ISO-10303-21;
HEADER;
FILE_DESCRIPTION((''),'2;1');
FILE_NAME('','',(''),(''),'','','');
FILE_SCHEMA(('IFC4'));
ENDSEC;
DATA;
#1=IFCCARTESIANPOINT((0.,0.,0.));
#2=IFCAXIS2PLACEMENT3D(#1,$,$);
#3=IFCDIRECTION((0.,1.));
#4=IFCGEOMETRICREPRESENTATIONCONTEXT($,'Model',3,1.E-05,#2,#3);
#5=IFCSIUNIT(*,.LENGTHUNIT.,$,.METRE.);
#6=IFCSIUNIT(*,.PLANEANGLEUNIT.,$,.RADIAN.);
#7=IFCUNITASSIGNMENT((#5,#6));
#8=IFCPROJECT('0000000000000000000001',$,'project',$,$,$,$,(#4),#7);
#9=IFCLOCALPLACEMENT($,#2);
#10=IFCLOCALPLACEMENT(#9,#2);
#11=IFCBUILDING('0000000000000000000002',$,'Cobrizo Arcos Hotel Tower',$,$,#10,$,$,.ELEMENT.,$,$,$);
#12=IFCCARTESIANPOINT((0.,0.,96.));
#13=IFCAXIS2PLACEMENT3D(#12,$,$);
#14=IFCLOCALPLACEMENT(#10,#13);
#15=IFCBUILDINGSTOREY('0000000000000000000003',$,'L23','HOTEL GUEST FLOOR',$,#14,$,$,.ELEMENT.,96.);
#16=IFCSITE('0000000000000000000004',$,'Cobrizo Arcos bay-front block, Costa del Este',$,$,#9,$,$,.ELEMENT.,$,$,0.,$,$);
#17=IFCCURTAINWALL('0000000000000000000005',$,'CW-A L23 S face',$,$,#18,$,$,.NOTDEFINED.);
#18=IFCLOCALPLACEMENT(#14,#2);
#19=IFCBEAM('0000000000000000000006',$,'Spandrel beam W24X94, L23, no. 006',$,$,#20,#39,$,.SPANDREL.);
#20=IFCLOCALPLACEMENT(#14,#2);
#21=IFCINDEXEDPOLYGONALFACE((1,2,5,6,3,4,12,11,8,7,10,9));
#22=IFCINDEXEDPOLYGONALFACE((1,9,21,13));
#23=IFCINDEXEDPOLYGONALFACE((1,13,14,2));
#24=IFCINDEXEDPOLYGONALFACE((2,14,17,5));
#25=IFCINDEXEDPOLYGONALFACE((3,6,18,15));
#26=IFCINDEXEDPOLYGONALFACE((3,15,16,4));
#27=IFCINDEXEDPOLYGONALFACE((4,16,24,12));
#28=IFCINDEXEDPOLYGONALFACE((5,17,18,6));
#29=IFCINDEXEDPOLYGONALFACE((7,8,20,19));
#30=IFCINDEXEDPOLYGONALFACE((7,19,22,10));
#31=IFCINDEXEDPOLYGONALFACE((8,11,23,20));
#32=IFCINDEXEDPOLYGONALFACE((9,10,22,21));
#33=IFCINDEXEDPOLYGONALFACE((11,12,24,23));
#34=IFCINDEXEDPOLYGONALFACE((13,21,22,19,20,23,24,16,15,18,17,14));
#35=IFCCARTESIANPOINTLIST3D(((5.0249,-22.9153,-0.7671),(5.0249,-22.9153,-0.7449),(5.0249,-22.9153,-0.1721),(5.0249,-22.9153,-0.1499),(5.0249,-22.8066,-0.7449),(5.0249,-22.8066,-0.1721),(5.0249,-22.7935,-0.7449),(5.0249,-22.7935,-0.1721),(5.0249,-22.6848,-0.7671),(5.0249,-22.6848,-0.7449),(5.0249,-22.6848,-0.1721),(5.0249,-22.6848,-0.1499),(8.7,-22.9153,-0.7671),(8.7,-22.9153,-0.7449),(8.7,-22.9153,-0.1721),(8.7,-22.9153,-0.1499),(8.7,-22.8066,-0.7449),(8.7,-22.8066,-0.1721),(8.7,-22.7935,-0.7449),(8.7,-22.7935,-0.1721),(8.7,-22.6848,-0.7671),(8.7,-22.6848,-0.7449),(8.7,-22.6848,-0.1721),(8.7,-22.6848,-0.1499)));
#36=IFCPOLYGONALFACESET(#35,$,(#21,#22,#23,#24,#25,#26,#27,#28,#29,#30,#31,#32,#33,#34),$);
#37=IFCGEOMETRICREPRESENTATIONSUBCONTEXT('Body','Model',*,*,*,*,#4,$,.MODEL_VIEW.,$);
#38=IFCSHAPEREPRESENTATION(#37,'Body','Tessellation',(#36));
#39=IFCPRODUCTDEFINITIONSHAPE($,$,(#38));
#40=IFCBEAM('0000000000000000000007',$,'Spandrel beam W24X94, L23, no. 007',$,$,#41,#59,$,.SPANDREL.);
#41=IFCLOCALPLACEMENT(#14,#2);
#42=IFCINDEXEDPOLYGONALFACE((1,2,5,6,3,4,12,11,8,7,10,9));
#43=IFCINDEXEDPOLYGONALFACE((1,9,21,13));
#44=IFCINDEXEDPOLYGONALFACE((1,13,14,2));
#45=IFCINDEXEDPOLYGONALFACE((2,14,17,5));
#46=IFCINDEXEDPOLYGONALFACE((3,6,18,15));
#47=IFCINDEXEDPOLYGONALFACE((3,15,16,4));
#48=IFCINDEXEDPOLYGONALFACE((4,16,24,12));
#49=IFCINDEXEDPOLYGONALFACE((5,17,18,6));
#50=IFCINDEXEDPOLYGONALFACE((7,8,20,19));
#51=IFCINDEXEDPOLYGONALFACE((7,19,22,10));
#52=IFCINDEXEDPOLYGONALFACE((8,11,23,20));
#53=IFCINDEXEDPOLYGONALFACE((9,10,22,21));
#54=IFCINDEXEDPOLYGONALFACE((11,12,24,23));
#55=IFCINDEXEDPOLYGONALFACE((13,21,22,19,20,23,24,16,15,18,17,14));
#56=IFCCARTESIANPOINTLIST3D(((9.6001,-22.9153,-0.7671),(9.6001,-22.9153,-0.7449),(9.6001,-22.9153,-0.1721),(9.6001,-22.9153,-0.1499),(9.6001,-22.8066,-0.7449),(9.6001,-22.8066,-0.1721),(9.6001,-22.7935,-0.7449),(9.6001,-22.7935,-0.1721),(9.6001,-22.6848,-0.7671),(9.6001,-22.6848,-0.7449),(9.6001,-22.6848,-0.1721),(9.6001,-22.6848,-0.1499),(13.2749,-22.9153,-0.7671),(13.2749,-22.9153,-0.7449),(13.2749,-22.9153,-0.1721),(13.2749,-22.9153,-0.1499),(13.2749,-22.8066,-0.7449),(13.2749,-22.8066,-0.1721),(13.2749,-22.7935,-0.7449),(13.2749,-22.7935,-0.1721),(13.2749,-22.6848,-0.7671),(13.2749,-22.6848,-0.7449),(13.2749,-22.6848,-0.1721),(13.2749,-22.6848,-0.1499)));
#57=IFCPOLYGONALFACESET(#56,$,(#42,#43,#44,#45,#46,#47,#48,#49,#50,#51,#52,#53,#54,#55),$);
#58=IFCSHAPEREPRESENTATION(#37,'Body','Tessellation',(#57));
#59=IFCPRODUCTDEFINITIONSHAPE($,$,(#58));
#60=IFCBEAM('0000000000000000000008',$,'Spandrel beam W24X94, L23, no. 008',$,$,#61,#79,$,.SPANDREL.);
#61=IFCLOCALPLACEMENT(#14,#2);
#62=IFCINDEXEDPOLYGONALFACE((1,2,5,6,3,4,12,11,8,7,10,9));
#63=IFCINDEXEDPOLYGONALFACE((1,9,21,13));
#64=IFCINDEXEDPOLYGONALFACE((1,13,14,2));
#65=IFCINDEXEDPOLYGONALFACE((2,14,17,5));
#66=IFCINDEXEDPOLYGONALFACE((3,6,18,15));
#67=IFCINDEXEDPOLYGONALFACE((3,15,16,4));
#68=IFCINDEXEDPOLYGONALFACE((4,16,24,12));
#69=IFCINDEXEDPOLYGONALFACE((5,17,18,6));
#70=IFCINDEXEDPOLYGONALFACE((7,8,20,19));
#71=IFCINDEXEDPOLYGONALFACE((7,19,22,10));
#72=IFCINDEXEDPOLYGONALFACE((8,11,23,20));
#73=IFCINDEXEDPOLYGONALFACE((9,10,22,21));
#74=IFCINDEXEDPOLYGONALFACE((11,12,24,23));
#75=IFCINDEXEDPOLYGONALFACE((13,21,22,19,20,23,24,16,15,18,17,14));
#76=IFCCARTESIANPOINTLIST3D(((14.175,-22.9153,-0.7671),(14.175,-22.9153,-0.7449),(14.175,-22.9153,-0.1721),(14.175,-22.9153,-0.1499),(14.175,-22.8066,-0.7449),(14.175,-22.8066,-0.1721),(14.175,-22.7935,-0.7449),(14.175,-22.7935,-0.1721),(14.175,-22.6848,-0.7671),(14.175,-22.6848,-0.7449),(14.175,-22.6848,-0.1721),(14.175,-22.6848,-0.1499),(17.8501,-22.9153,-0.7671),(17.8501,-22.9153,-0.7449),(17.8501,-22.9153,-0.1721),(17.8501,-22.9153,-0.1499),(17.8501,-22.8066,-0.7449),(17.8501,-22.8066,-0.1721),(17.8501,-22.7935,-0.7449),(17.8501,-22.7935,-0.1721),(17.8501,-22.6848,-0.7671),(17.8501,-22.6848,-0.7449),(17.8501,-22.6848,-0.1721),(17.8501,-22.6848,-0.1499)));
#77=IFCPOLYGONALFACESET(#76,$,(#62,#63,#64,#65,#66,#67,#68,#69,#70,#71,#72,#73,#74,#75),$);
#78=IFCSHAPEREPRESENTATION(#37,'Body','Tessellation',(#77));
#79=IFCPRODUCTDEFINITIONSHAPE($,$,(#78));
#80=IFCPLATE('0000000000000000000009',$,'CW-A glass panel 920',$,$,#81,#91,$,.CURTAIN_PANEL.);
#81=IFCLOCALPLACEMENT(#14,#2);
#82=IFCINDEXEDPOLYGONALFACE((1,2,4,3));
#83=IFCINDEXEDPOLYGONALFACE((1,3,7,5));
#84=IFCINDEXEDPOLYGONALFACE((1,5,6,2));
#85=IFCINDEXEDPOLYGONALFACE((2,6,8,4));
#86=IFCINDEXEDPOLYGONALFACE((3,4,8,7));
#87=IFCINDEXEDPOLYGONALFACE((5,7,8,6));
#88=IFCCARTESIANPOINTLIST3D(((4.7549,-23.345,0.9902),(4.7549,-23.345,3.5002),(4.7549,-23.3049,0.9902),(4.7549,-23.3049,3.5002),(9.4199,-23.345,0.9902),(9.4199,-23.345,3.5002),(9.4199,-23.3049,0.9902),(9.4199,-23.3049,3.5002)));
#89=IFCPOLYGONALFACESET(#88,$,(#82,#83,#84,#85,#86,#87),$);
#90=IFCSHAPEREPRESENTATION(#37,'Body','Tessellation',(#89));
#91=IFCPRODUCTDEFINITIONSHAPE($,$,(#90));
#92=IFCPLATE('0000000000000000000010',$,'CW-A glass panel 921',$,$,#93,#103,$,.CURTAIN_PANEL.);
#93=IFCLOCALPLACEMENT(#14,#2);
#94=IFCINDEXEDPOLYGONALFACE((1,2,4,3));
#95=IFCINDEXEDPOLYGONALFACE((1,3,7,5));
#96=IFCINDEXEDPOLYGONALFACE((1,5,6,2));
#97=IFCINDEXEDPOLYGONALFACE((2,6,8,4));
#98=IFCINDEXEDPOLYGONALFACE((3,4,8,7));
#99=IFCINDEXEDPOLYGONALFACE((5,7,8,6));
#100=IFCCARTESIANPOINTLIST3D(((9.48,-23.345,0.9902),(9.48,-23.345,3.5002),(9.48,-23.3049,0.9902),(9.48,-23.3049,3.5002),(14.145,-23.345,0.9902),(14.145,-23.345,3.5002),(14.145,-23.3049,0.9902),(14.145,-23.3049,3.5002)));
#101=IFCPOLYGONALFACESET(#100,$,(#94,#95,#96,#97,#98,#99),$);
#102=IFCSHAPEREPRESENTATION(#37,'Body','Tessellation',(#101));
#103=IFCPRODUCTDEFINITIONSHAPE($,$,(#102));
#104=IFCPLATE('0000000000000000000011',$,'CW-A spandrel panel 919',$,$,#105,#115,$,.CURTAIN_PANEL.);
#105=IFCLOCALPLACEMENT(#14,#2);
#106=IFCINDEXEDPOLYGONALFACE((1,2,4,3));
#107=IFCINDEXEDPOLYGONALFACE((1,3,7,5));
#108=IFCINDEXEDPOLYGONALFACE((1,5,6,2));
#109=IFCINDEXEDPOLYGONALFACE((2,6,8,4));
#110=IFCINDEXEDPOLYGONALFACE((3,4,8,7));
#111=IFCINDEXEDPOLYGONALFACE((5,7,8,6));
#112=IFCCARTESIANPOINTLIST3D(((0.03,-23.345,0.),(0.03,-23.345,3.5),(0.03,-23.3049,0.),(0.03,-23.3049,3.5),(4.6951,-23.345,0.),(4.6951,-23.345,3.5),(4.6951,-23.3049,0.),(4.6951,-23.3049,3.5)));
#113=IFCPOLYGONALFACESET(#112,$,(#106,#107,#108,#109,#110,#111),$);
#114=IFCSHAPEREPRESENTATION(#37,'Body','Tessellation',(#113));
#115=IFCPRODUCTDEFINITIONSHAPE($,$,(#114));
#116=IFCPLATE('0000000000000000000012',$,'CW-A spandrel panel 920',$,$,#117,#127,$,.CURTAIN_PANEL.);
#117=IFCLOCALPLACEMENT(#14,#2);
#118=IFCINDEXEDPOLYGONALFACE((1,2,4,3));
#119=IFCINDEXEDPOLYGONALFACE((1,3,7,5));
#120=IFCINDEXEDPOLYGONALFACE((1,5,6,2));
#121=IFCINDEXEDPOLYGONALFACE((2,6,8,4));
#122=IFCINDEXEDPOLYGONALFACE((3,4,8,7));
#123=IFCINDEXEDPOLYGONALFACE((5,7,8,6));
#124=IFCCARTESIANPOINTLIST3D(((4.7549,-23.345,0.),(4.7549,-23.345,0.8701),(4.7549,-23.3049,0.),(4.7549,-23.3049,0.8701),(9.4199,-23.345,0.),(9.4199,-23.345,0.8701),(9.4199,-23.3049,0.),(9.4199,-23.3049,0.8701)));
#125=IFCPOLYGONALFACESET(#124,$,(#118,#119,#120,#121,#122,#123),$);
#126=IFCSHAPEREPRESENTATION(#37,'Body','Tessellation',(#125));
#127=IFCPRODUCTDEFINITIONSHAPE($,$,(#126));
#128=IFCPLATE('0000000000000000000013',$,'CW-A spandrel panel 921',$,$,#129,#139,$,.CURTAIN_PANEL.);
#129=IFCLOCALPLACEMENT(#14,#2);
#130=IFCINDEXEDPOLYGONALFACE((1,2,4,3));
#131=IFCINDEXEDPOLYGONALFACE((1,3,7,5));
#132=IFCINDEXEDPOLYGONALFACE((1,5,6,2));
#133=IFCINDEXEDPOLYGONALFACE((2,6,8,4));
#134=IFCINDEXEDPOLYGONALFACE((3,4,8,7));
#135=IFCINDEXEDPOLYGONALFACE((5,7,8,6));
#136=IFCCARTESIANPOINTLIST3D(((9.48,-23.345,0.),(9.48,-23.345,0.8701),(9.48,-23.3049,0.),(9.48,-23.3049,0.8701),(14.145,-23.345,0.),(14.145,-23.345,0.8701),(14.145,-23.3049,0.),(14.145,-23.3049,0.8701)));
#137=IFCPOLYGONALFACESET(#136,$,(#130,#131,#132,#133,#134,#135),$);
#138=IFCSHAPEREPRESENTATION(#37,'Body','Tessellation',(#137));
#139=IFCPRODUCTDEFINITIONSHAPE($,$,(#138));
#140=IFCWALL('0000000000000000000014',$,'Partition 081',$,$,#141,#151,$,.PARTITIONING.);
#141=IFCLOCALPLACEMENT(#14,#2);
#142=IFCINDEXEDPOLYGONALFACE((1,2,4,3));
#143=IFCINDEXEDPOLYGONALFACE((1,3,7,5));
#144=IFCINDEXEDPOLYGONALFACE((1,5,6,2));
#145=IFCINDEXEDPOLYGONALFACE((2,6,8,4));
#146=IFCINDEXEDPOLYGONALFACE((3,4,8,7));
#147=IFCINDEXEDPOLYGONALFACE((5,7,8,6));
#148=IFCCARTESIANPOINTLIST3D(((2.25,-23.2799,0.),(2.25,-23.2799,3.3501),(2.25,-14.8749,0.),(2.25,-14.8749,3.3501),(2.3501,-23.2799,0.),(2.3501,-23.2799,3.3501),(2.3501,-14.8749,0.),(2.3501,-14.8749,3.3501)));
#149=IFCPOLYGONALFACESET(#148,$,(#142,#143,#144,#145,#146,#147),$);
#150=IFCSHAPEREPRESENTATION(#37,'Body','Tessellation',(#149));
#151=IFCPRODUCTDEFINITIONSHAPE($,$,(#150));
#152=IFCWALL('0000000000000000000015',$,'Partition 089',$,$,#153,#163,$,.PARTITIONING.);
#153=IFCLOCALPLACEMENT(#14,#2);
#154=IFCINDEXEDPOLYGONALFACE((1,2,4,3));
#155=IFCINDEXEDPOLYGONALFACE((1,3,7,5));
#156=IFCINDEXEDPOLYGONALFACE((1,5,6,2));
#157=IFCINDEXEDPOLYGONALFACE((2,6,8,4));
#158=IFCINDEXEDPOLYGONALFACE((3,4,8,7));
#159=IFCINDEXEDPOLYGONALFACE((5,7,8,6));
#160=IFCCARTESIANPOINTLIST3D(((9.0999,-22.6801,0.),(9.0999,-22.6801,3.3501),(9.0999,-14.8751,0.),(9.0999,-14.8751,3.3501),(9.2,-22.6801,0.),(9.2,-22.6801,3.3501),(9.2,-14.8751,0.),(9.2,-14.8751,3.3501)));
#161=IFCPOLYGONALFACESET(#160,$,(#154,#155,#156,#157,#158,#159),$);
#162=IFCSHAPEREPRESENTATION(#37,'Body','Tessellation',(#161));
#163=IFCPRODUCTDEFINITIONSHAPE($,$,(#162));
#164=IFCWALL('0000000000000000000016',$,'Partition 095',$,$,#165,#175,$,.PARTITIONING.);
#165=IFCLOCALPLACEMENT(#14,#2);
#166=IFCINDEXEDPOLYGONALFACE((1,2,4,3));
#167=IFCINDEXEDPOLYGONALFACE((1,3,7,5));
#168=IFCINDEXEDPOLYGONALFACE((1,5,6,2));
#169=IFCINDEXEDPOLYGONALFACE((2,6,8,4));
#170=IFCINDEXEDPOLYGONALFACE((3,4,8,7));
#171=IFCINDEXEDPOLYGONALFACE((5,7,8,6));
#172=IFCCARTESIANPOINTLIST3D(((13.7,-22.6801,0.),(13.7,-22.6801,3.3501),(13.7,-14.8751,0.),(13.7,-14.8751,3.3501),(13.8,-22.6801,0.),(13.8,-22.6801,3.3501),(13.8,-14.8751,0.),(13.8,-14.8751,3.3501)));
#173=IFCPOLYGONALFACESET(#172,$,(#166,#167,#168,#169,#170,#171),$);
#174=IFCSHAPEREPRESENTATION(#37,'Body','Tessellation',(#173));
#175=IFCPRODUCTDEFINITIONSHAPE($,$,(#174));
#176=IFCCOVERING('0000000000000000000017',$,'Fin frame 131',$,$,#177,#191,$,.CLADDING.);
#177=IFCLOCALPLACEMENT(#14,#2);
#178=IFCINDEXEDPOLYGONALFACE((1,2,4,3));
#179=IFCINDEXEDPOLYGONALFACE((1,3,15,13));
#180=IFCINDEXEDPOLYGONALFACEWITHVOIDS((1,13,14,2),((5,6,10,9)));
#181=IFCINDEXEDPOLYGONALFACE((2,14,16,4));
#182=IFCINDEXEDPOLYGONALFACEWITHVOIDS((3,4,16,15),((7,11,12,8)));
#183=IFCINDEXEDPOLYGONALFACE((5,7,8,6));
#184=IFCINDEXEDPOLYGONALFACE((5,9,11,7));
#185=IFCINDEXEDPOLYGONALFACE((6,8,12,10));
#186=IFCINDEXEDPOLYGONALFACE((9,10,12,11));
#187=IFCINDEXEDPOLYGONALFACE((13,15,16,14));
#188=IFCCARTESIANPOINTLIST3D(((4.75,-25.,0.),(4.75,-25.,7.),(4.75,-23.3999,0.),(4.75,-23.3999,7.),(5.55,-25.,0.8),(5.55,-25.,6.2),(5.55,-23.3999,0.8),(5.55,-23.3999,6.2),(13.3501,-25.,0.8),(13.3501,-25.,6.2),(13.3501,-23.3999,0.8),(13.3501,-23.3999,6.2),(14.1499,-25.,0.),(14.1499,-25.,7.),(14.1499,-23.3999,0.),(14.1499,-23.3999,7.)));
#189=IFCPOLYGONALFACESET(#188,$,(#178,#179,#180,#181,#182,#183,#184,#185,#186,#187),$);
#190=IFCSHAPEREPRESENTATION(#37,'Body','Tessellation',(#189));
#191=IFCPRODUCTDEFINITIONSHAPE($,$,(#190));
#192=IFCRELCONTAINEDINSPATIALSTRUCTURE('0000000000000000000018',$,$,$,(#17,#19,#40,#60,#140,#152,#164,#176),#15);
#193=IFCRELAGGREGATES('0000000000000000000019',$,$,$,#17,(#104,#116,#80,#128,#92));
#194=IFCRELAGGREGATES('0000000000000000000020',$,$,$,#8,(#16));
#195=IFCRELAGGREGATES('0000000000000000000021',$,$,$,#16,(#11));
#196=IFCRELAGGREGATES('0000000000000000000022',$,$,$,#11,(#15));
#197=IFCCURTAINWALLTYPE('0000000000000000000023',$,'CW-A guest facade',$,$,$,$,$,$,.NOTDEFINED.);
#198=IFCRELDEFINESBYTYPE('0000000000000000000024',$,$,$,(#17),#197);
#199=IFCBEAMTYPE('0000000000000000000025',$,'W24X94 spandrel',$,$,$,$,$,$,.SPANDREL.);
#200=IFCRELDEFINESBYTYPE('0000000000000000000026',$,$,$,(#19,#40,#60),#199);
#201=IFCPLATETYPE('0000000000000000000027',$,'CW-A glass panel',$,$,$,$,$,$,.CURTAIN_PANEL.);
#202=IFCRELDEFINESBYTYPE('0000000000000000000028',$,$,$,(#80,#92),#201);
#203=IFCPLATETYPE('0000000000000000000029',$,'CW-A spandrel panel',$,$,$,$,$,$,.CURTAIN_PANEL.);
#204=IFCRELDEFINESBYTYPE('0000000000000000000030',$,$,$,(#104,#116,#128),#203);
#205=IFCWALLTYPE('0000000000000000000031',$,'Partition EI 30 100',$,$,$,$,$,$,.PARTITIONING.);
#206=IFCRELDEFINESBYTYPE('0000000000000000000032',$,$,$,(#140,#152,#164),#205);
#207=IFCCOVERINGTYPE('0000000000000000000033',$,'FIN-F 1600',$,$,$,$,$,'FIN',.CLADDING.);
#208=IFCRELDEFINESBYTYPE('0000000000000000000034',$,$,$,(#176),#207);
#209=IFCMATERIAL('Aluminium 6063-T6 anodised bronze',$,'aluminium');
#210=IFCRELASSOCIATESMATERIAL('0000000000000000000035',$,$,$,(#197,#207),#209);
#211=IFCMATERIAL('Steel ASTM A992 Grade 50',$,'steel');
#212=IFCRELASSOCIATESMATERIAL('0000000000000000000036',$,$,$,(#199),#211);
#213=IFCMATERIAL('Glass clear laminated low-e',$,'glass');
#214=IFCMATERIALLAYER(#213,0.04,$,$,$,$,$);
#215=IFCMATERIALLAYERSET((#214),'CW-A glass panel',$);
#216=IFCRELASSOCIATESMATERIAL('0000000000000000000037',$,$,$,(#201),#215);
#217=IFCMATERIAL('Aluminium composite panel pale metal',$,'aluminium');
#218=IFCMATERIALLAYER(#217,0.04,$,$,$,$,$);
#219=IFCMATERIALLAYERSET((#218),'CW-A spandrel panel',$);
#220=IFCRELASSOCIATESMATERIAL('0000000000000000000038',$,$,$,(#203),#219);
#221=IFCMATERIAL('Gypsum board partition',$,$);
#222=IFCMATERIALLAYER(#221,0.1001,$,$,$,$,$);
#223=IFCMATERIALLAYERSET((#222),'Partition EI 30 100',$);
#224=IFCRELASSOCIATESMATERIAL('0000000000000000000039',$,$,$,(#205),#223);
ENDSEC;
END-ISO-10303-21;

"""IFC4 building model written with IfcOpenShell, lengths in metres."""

from ifc_helpers import new_model, si_unit, direction, frame, frame_2d, origin, origin_2d, place, context, subcontext, project, spatial, polyline, rectangle, i_section, outline, extrude, material, layer, layer_set, material_profile, profile_set, type_object, element, aggregate, save


model = new_model("IFC4")

# Units and contexts
model_context = context("Model", 3, precision=1e-05, world=origin(), true_north=direction((0.0, 1.0)))
body_context = subcontext(model_context, "Body", "Model", "MODEL_VIEW")
ifc_project = project(units=[si_unit("LENGTHUNIT", "METRE"), si_unit("PLANEANGLEUNIT", "RADIAN")], contexts=[model_context])

# Site, building, storey
site_placement = place(None, origin())
site = spatial("IfcSite", under=ifc_project, at=site_placement, Name="Cobrizo Arcos bay-front block, Costa del Este", CompositionType="ELEMENT", RefElevation=0.0)
building_placement = place(site_placement, origin())
building = spatial("IfcBuilding", under=site, at=building_placement, Name="Cobrizo Arcos Hotel Tower", CompositionType="ELEMENT")
storey_placement = place(building_placement, frame((0.0, 0.0, 96.0)))
storey = spatial("IfcBuildingStorey", under=building, at=storey_placement, Name="L23", Description="HOTEL GUEST FLOOR", CompositionType="ELEMENT", Elevation=96.0)

# Curtain wall
ifc_material_1 = material(Name="Aluminium 6063-T6 anodised bronze", Category="aluminium")
curtain_wall_type = type_object("IfcCurtainWallType", Name="CW-A guest facade", PredefinedType="NOTDEFINED", material=ifc_material_1)
curtain_wall_placement = place(storey_placement, origin())
curtain_wall = element("IfcCurtainWall", 1, at=curtain_wall_placement, inside=storey, type_object=curtain_wall_type, Name="CW-A L23 S face", PredefinedType="NOTDEFINED")

# Beams
ifc_material_2 = material(Name="Steel ASTM A992 Grade 50", Category="steel")
ifc_material_profile_1 = material_profile(ifc_material_2, i_section(OverallWidth=0.2305, OverallDepth=0.6172, WebThickness=0.0132, FlangeThickness=0.0222, at=origin_2d()), Name="W24X94")
ifc_profile_set_1 = profile_set([ifc_material_profile_1], Name="Steel ASTM A992 Grade 50")
beam_type_1 = type_object("IfcBeamType", Name="W24X94 spandrel", PredefinedType="SPANDREL", material=ifc_profile_set_1)
for number, where, z_axis, x_axis, name in (
    (2, (5.0249, -22.8, -0.4585), (1.0, 0.0, 0.0), (0.0, 1.0, 0.0), "Spandrel beam W24X94, L23, no. 006"),
):
    element("IfcBeam", number, at=place(storey_placement, frame(where, z_axis=z_axis, x_axis=x_axis)), inside=storey, type_object=beam_type_1, Name=name, PredefinedType="SPANDREL", context=body_context, shape_type="SweptSolid", body=[
        extrude(i_section(OverallWidth=0.2305, OverallDepth=0.6172, WebThickness=0.0132, FlangeThickness=0.0222, at=origin_2d()), origin(), (0.0, 0.0, 1.0), 3.675),
    ])
beam_1_placement = place(storey_placement, frame((9.6001, -22.8, -0.4585), z_axis=(1.0, 0.0, 0.0), x_axis=(0.0, 1.0, 0.0)))
element("IfcBeam", 3, at=beam_1_placement, inside=storey, type_object=beam_type_1, Name="Spandrel beam W24X94, L23, no. 007", PredefinedType="SPANDREL", context=body_context, shape_type="SweptSolid", body=[
    extrude(i_section(OverallWidth=0.2305, OverallDepth=0.6172, WebThickness=0.0132, FlangeThickness=0.0222, at=origin_2d()), origin(), (0.0, 0.0, 1.0), 3.6748),
])
beam_2_placement = place(storey_placement, frame((14.175, -22.8, -0.4585), z_axis=(1.0, 0.0, 0.0), x_axis=(0.0, 1.0, 0.0)))
element("IfcBeam", 4, at=beam_2_placement, inside=storey, type_object=beam_type_1, Name="Spandrel beam W24X94, L23, no. 008", PredefinedType="SPANDREL", context=body_context, shape_type="SweptSolid", body=[
    extrude(i_section(OverallWidth=0.2305, OverallDepth=0.6172, WebThickness=0.0132, FlangeThickness=0.0222, at=origin_2d()), origin(), (0.0, 0.0, 1.0), 3.675),
])

# Plates
ifc_material_3 = material(Name="Glass clear laminated low-e", Category="glass")
ifc_layer_1 = layer(ifc_material_3, 0.04)
ifc_layer_set_1 = layer_set([ifc_layer_1], Name="CW-A glass panel")
plate_type_1 = type_object("IfcPlateType", Name="CW-A glass panel", PredefinedType="CURTAIN_PANEL", material=ifc_layer_set_1)
plate_1_placement = place(storey_placement, frame((7.0874, -23.325, 0.9902), z_axis=(0.0, 0.0, 1.0), x_axis=(1.0, 0.0, 0.0)))
plate_1 = element("IfcPlate", 5, at=plate_1_placement, type_object=plate_type_1, Name="CW-A glass panel 920", PredefinedType="CURTAIN_PANEL", context=body_context, shape_type="SweptSolid", body=[
    extrude(rectangle(XDim=4.665, YDim=0.04, at=origin_2d()), origin(), (0.0, 0.0, 1.0), 2.51),
])
plate_2_placement = place(storey_placement, frame((11.8125, -23.325, 0.9902), z_axis=(0.0, 0.0, 1.0), x_axis=(1.0, 0.0, 0.0)))
plate_2 = element("IfcPlate", 6, at=plate_2_placement, type_object=plate_type_1, Name="CW-A glass panel 921", PredefinedType="CURTAIN_PANEL", context=body_context, shape_type="SweptSolid", body=[
    extrude(rectangle(XDim=4.665, YDim=0.04, at=origin_2d()), origin(), (0.0, 0.0, 1.0), 2.51),
])
ifc_material_4 = material(Name="Aluminium composite panel pale metal", Category="aluminium")
ifc_layer_2 = layer(ifc_material_4, 0.04)
ifc_layer_set_2 = layer_set([ifc_layer_2], Name="CW-A spandrel panel")
plate_type_2 = type_object("IfcPlateType", Name="CW-A spandrel panel", PredefinedType="CURTAIN_PANEL", material=ifc_layer_set_2)
plate_3_placement = place(storey_placement, frame((2.3625, -23.325, 0.0), z_axis=(0.0, 0.0, 1.0), x_axis=(1.0, 0.0, 0.0)))
plate_3 = element("IfcPlate", 7, at=plate_3_placement, type_object=plate_type_2, Name="CW-A spandrel panel 919", PredefinedType="CURTAIN_PANEL", context=body_context, shape_type="SweptSolid", body=[
    extrude(rectangle(XDim=4.665, YDim=0.04, at=origin_2d()), origin(), (0.0, 0.0, 1.0), 3.5),
])
plate_4_placement = place(storey_placement, frame((7.0874, -23.325, 0.0), z_axis=(0.0, 0.0, 1.0), x_axis=(1.0, 0.0, 0.0)))
plate_4 = element("IfcPlate", 8, at=plate_4_placement, type_object=plate_type_2, Name="CW-A spandrel panel 920", PredefinedType="CURTAIN_PANEL", context=body_context, shape_type="SweptSolid", body=[
    extrude(rectangle(XDim=4.665, YDim=0.04, at=origin_2d()), origin(), (0.0, 0.0, 1.0), 0.8701),
])
plate_5_placement = place(storey_placement, frame((11.8125, -23.325, 0.0), z_axis=(0.0, 0.0, 1.0), x_axis=(1.0, 0.0, 0.0)))
plate_5 = element("IfcPlate", 9, at=plate_5_placement, type_object=plate_type_2, Name="CW-A spandrel panel 921", PredefinedType="CURTAIN_PANEL", context=body_context, shape_type="SweptSolid", body=[
    extrude(rectangle(XDim=4.665, YDim=0.04, at=origin_2d()), origin(), (0.0, 0.0, 1.0), 0.8701),
])
aggregate(curtain_wall, [plate_3, plate_4, plate_1, plate_5, plate_2])

# Walls
ifc_material_5 = material(Name="Gypsum board partition")
ifc_layer_3 = layer(ifc_material_5, 0.1001)
ifc_layer_set_3 = layer_set([ifc_layer_3], Name="Partition EI 30 100")
wall_type = type_object("IfcWallType", Name="Partition EI 30 100", PredefinedType="PARTITIONING", material=ifc_layer_set_3)
wall_placement = place(storey_placement, frame((2.3, -23.28, 0.0), z_axis=(0.0, 0.0, 1.0), x_axis=(0.0, 1.0, 0.0)))
element("IfcWall", 10, at=wall_placement, inside=storey, type_object=wall_type, Name="Partition 081", PredefinedType="PARTITIONING", context=body_context, shape_type="SweptSolid", body=[
    extrude(rectangle(XDim=8.405, YDim=0.1001, at=frame_2d((4.2026, 0.0))), origin(), (0.0, 0.0, 1.0), 3.3501),
])
for number, where, z_axis, x_axis, name in (
    (11, (9.1499, -22.6799, 0.0), (0.0, 0.0, 1.0), (0.0, 1.0, 0.0), "Partition 089"),
    (12, (13.75, -22.6799, 0.0), (0.0, 0.0, 1.0), (0.0, 1.0, 0.0), "Partition 095"),
):
    element("IfcWall", number, at=place(storey_placement, frame(where, z_axis=z_axis, x_axis=x_axis)), inside=storey, type_object=wall_type, Name=name, PredefinedType="PARTITIONING", context=body_context, shape_type="SweptSolid", body=[
        extrude(rectangle(XDim=7.8049, YDim=0.1001, at=frame_2d((3.9023, 0.0))), origin(), (0.0, 0.0, 1.0), 3.3501),
    ])

# Covering
covering_type_1 = type_object("IfcCoveringType", Name="FIN-F 1600", ElementType="FIN", PredefinedType="CLADDING", material=ifc_material_1)
covering_1_placement = place(storey_placement, frame((4.75, -23.3999, 0.0), z_axis=(0.0, -1.0, 0.0), x_axis=(1.0, 0.0, 0.0)))
element("IfcCovering", 13, at=covering_1_placement, inside=storey, type_object=covering_type_1, Name="Fin frame 131", PredefinedType="CLADDING", context=body_context, shape_type="SweptSolid", body=[
    extrude(outline(polyline([(0.0, 7.0), (0.0, 0.0), (9.3999, 0.0), (9.3999, 7.0), (0.0, 7.0)]), holes=[polyline([(8.6001, 0.8), (0.8, 0.8), (0.8, 6.2), (8.6001, 6.2), (8.6001, 0.8)])]), origin(), (0.0, 0.0, 1.0), 1.6001),
])

save(model, "model.ifc")
